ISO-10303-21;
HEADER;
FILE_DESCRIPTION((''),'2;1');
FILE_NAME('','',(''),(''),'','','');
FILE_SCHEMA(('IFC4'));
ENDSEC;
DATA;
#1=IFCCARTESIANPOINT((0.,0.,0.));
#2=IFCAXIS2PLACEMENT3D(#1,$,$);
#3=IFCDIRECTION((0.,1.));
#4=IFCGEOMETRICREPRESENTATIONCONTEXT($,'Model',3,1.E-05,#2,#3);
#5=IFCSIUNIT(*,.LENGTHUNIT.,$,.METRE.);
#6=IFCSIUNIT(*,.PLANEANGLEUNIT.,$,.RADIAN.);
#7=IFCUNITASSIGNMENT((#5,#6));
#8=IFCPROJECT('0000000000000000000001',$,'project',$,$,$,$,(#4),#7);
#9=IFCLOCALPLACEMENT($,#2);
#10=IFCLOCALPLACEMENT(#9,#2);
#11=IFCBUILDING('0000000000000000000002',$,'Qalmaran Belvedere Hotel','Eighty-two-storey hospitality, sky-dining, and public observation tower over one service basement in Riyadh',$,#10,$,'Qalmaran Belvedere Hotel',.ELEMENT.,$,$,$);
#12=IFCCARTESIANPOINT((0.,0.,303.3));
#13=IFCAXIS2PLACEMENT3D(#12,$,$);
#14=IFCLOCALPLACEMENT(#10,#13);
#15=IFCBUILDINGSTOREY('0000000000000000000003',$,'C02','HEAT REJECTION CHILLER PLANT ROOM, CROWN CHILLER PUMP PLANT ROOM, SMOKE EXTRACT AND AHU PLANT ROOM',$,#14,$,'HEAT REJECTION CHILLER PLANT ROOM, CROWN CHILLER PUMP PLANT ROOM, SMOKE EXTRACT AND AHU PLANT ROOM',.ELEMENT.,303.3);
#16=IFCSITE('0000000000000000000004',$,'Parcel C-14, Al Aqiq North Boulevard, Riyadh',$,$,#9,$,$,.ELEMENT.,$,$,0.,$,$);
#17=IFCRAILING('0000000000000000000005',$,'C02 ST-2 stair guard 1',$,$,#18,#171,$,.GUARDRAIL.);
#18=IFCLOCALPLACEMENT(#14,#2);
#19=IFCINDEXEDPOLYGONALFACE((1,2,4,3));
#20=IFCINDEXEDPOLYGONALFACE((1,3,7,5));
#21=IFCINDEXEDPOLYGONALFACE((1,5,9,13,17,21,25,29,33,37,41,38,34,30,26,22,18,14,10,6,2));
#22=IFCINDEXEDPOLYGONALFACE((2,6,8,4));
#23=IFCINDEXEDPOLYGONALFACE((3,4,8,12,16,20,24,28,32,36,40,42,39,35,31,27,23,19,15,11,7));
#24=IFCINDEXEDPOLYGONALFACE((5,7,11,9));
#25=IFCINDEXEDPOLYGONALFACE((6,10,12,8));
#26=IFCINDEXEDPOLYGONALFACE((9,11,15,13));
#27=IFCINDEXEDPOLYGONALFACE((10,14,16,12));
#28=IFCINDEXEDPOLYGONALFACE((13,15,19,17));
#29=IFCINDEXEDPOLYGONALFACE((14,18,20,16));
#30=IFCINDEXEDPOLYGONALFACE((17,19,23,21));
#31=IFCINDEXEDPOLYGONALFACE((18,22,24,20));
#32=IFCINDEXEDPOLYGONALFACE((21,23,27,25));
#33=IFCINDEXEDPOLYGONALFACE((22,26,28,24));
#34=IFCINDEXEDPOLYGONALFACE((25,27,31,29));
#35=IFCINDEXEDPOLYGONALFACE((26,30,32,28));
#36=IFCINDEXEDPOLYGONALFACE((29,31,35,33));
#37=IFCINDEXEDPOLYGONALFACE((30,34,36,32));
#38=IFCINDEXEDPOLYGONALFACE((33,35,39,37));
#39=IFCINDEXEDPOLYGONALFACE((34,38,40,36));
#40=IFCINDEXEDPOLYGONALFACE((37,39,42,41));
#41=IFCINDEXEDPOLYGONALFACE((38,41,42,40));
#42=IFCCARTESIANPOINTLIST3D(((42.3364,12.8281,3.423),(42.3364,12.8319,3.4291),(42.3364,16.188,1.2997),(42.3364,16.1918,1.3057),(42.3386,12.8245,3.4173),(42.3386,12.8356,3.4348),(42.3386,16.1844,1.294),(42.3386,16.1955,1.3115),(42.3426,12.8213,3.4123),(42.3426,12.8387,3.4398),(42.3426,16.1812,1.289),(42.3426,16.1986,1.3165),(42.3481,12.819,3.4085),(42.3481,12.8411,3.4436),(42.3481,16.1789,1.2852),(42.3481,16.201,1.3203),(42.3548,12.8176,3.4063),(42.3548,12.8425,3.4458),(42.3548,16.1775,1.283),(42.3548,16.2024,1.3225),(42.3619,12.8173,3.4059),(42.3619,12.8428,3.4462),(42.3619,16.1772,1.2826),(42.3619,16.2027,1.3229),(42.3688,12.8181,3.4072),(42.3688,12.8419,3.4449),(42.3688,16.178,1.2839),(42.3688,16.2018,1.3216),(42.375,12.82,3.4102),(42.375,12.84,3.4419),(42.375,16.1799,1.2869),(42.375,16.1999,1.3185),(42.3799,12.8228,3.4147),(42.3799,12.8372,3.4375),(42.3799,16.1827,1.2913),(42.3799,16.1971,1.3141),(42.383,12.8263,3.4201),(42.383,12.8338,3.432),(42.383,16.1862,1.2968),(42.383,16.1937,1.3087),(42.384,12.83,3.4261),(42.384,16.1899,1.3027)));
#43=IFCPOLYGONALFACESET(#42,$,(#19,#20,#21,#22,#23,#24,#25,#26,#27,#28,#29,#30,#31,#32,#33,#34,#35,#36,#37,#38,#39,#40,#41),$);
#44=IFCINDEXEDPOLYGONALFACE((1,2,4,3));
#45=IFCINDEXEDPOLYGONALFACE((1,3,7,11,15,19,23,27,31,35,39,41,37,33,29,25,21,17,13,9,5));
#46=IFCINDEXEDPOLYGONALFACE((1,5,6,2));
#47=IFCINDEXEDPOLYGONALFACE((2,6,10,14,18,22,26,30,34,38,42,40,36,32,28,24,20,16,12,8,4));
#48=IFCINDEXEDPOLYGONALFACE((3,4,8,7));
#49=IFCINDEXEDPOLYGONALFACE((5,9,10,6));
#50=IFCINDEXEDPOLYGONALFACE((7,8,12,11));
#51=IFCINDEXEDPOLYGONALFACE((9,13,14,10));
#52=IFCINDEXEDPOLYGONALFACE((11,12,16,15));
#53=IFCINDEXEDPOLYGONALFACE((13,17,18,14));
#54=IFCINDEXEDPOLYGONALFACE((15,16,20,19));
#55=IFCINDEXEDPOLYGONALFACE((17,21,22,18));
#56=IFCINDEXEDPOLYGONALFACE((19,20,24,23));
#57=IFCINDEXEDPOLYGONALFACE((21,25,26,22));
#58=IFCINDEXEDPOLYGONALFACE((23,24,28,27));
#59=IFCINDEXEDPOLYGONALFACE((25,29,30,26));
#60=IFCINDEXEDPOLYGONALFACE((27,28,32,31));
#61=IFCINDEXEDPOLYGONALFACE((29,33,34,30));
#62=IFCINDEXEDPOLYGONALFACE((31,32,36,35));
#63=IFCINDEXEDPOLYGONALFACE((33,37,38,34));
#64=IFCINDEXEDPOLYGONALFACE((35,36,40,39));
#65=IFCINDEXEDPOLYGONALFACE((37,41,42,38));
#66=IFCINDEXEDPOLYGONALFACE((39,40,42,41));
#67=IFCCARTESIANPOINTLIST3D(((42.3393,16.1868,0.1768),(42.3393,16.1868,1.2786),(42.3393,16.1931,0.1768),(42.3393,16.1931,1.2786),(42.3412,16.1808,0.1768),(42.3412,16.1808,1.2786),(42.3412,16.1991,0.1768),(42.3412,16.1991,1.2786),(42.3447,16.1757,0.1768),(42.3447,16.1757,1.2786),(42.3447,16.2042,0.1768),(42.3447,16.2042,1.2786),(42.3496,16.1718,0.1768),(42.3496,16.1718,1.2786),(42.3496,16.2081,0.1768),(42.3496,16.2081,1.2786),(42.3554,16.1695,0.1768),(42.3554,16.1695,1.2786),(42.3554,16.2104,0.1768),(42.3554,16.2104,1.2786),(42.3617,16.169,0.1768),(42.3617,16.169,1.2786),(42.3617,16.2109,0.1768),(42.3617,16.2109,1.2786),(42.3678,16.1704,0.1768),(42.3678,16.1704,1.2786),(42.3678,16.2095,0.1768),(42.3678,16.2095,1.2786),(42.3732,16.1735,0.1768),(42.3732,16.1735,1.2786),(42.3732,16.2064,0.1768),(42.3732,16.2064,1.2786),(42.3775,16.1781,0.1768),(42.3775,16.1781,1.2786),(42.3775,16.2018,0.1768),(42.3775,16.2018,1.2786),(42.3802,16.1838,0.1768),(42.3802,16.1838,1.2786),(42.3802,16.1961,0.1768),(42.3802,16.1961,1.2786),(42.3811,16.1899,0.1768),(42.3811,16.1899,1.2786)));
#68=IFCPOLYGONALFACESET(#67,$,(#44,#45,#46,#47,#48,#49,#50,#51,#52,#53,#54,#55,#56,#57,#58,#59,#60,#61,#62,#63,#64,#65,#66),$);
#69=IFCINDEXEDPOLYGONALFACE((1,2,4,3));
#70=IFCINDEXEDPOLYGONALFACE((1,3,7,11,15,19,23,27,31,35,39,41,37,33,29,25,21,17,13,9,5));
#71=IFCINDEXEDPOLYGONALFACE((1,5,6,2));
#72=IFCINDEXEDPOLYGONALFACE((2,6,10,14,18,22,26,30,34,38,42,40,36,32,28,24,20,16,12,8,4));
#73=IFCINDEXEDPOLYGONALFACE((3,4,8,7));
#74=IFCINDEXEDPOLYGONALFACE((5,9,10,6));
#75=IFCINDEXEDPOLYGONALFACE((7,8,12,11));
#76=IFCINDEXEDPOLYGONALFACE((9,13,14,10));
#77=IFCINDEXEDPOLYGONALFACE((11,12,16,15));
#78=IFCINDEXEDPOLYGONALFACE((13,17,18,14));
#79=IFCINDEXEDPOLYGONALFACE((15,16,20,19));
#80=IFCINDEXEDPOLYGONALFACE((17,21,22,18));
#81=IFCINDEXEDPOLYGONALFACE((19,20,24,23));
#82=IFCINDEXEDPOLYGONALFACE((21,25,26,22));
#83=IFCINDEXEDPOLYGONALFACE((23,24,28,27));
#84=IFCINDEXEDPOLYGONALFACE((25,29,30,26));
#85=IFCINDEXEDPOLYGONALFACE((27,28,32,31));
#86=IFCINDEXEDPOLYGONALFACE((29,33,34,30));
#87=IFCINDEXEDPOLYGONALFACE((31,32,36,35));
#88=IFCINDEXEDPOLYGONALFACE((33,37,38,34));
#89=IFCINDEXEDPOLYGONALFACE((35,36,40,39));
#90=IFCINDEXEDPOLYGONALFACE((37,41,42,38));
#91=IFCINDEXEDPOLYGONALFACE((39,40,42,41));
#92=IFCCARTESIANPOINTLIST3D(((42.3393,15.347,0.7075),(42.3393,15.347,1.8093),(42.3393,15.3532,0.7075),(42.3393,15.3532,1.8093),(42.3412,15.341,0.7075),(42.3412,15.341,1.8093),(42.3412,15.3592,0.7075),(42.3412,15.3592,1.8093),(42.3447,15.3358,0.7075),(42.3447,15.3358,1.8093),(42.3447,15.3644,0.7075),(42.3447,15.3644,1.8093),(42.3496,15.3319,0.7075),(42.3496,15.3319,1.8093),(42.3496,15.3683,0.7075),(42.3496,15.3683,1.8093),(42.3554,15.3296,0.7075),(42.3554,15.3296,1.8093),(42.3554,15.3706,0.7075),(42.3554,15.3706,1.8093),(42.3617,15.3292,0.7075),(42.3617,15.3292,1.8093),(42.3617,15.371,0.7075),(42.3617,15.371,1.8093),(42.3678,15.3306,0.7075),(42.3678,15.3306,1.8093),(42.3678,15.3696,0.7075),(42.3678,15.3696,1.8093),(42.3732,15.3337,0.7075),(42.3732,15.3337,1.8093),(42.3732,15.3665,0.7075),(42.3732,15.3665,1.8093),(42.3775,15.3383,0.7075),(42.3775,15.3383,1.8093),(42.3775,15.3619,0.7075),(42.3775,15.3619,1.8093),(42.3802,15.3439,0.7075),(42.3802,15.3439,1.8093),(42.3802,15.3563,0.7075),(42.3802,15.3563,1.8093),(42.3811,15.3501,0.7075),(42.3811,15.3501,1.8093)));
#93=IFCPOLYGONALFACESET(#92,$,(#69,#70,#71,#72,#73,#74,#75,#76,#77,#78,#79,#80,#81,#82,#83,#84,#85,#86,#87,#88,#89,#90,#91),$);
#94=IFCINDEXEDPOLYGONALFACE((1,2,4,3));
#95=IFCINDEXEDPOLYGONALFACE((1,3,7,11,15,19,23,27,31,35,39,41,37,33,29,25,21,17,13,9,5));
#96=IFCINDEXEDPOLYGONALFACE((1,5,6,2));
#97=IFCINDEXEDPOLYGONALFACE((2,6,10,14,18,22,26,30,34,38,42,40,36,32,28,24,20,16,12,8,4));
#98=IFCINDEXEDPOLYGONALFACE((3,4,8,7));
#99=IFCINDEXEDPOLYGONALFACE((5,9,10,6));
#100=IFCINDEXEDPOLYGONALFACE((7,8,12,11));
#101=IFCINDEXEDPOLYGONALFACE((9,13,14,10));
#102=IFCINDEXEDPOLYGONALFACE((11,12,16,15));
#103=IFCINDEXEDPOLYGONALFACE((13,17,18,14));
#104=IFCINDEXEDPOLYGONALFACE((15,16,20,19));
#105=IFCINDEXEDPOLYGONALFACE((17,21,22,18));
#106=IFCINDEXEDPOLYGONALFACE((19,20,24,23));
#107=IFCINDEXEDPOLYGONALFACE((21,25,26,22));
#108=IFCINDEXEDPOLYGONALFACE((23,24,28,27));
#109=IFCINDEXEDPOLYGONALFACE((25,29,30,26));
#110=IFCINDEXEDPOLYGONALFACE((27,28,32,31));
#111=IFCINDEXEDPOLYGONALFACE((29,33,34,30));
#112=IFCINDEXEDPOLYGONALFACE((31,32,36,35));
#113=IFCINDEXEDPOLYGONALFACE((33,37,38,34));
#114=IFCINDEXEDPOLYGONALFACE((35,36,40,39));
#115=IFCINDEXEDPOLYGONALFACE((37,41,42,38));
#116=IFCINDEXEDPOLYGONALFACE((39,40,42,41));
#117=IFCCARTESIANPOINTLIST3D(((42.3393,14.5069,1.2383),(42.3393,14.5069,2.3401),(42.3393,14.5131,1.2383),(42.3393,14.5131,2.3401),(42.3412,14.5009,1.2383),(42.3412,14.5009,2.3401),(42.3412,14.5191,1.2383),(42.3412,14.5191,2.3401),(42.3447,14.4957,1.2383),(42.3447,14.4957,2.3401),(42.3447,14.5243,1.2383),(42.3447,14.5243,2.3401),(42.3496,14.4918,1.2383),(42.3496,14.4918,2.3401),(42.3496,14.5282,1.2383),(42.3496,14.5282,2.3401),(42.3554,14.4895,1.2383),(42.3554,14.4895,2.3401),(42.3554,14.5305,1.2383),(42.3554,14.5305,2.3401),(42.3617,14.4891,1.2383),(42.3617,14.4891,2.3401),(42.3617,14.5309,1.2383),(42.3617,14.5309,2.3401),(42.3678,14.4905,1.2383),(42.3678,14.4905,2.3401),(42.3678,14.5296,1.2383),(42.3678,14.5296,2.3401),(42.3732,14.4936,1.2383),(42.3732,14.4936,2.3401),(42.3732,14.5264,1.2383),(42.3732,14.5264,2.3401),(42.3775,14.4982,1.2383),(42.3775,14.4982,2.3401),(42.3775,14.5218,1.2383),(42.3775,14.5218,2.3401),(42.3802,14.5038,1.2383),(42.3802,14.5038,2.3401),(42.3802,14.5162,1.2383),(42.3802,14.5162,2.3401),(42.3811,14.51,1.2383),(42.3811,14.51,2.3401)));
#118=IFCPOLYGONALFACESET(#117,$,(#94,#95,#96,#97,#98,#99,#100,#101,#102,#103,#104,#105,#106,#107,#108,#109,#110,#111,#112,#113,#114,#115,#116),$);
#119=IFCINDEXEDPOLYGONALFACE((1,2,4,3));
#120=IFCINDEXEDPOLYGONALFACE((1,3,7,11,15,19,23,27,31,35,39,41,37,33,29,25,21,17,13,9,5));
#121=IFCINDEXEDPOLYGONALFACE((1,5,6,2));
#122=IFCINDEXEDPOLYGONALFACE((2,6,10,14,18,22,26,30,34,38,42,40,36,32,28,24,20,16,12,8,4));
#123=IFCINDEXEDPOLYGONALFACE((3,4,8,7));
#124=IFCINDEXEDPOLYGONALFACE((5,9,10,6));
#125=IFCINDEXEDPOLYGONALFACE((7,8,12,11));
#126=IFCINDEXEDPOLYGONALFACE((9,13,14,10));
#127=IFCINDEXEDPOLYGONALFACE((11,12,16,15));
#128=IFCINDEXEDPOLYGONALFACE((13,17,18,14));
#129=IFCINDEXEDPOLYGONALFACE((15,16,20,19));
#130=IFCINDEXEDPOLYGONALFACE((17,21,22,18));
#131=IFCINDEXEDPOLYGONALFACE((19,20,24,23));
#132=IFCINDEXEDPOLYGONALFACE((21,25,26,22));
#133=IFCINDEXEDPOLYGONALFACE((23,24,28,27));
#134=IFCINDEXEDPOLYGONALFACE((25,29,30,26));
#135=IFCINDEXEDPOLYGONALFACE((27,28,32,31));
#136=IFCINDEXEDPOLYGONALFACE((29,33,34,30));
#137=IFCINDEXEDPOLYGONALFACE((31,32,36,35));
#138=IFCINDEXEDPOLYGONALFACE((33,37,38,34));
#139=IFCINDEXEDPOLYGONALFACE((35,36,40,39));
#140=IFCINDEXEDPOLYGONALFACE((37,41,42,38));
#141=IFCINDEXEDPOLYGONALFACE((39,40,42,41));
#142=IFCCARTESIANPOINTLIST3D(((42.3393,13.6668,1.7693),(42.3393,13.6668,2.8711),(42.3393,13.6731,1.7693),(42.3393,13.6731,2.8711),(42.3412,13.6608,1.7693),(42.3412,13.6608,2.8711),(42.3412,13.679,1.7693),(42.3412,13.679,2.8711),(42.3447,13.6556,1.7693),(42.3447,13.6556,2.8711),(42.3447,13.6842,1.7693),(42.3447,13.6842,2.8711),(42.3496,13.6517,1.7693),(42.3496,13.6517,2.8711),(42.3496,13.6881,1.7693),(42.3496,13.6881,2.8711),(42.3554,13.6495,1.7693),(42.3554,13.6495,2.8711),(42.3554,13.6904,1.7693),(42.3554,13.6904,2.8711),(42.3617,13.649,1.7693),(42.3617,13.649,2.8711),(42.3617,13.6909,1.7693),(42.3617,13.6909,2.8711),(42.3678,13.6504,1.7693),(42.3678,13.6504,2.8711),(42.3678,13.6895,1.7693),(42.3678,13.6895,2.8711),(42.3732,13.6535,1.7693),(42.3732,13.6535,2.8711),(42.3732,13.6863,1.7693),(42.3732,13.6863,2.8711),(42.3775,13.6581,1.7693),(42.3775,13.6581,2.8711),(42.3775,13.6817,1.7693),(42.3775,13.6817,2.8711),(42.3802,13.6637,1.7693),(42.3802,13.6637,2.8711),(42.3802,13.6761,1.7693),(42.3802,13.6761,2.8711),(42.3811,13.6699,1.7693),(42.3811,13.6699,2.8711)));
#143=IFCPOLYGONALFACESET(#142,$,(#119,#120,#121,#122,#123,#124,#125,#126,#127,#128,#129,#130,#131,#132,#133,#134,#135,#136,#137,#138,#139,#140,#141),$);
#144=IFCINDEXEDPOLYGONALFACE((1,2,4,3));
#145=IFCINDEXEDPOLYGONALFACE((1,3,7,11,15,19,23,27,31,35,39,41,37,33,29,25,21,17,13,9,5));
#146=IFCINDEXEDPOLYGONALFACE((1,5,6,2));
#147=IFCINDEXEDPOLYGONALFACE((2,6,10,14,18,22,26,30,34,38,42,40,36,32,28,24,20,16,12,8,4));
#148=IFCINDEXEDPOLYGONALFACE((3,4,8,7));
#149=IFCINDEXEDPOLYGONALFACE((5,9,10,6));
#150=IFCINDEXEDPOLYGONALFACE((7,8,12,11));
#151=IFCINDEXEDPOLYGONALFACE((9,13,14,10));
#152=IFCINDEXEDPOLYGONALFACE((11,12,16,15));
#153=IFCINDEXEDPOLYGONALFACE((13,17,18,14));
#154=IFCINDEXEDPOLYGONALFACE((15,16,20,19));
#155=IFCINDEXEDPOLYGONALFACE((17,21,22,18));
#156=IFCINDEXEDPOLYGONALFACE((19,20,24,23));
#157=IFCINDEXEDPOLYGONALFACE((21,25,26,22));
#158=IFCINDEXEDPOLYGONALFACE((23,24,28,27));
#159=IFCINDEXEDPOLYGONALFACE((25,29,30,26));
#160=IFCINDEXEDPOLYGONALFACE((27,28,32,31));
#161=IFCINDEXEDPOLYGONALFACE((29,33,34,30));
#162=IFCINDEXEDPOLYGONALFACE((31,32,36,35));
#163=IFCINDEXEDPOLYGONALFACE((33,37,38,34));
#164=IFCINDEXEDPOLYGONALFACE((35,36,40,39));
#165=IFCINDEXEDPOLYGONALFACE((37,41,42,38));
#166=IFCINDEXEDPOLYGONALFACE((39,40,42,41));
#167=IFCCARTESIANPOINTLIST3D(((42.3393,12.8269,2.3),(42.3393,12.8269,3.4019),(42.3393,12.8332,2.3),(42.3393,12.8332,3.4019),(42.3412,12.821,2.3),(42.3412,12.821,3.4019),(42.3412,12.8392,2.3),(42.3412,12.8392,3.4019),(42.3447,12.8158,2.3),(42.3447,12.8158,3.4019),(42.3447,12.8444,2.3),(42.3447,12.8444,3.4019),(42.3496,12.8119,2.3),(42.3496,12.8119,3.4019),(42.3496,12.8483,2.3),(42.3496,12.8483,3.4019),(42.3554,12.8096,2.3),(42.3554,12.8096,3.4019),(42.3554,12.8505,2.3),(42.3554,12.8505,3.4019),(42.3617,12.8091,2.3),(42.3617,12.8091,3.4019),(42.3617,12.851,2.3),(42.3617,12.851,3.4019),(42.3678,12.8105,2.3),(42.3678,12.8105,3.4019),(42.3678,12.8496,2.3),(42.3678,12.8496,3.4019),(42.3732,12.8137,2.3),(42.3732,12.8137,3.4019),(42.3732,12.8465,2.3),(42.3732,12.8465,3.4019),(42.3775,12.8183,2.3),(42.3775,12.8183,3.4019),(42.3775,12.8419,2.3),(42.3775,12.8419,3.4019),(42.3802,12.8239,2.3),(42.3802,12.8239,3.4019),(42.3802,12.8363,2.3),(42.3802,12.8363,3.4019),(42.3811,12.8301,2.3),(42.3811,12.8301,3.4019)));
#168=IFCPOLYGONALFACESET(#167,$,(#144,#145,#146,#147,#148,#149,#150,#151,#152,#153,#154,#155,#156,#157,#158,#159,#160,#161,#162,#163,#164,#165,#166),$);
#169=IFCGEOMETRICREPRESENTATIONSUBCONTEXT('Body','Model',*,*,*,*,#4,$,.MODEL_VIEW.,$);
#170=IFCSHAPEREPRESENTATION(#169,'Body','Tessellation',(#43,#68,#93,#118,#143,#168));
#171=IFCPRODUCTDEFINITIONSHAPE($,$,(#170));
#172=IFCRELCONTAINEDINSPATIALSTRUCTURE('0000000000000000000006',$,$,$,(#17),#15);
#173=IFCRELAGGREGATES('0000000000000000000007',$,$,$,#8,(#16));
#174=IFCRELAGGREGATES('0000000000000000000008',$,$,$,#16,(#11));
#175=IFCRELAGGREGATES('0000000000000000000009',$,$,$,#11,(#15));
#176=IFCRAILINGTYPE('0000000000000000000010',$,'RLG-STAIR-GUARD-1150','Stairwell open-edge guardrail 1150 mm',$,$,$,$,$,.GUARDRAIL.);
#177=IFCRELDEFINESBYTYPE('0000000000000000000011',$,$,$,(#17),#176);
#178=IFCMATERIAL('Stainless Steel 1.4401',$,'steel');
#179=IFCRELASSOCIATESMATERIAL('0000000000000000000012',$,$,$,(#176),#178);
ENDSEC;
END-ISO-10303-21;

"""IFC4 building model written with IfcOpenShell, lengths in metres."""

from ifc_helpers import new_model, si_unit, direction, frame, origin, origin_2d, place, context, subcontext, project, spatial, circle, extrude, material, type_object, element, save


model = new_model("IFC4")

# Units and contexts
model_context = context("Model", 3, precision=1e-05, world=origin(), true_north=direction((0.0, 1.0)))
body_context = subcontext(model_context, "Body", "Model", "MODEL_VIEW")
ifc_project = project(units=[si_unit("LENGTHUNIT", "METRE"), si_unit("PLANEANGLEUNIT", "RADIAN")], contexts=[model_context])

# Site, building, storey
site_placement = place(None, origin())
site = spatial("IfcSite", under=ifc_project, at=site_placement, Name="Parcel C-14, Al Aqiq North Boulevard, Riyadh", CompositionType="ELEMENT", RefElevation=0.0)
building_placement = place(site_placement, origin())
building = spatial("IfcBuilding", under=site, at=building_placement, Name="Qalmaran Belvedere Hotel", Description="Eighty-two-storey hospitality, sky-dining, and public observation tower over one service basement in Riyadh", LongName="Qalmaran Belvedere Hotel", CompositionType="ELEMENT")
storey_placement = place(building_placement, frame((0.0, 0.0, 303.3)))
storey = spatial("IfcBuildingStorey", under=building, at=storey_placement, Name="C02", Description="HEAT REJECTION CHILLER PLANT ROOM, CROWN CHILLER PUMP PLANT ROOM, SMOKE EXTRACT AND AHU PLANT ROOM", LongName="HEAT REJECTION CHILLER PLANT ROOM, CROWN CHILLER PUMP PLANT ROOM, SMOKE EXTRACT AND AHU PLANT ROOM", CompositionType="ELEMENT", Elevation=303.3)

# Railing
ifc_material_1 = material(Name="Stainless Steel 1.4401", Category="steel")
railing_type_1 = type_object("IfcRailingType", Name="RLG-STAIR-GUARD-1150", Description="Stairwell open-edge guardrail 1150 mm", PredefinedType="GUARDRAIL", material=ifc_material_1)
railing_1_placement = place(storey_placement, frame((42.3601, 16.1899, 0.1768)))
element("IfcRailing", 1, at=railing_1_placement, inside=storey, type_object=railing_type_1, Name="C02 ST-2 stair guard 1", PredefinedType="GUARDRAIL", context=body_context, shape_type="SweptSolid", body=[
    extrude(circle(Radius=0.0239, at=origin_2d()), frame((0.0, 0.0, 1.126), z_axis=(0.0, -0.845344, 0.534222), x_axis=(1.0, 0.0, 0.0)), (0.0, 0.0, 1.0), 3.9746),
    extrude(circle(Radius=0.021, at=origin_2d()), origin(), (0.0, 0.0, 1.0), 1.1018),
    extrude(circle(Radius=0.021, at=origin_2d()), frame((0.0, -0.8398, 0.5308)), (0.0, 0.0, 1.0), 1.1018),
    extrude(circle(Radius=0.021, at=origin_2d()), frame((0.0, -1.6799, 1.0615)), (0.0, 0.0, 1.0), 1.1018),
    extrude(circle(Radius=0.021, at=origin_2d()), frame((0.0, -2.52, 1.5925)), (0.0, 0.0, 1.0), 1.1018),
    extrude(circle(Radius=0.021, at=origin_2d()), frame((0.0, -3.3599, 2.1233)), (0.0, 0.0, 1.0), 1.1018),
])

save(model, "model.ifc")
